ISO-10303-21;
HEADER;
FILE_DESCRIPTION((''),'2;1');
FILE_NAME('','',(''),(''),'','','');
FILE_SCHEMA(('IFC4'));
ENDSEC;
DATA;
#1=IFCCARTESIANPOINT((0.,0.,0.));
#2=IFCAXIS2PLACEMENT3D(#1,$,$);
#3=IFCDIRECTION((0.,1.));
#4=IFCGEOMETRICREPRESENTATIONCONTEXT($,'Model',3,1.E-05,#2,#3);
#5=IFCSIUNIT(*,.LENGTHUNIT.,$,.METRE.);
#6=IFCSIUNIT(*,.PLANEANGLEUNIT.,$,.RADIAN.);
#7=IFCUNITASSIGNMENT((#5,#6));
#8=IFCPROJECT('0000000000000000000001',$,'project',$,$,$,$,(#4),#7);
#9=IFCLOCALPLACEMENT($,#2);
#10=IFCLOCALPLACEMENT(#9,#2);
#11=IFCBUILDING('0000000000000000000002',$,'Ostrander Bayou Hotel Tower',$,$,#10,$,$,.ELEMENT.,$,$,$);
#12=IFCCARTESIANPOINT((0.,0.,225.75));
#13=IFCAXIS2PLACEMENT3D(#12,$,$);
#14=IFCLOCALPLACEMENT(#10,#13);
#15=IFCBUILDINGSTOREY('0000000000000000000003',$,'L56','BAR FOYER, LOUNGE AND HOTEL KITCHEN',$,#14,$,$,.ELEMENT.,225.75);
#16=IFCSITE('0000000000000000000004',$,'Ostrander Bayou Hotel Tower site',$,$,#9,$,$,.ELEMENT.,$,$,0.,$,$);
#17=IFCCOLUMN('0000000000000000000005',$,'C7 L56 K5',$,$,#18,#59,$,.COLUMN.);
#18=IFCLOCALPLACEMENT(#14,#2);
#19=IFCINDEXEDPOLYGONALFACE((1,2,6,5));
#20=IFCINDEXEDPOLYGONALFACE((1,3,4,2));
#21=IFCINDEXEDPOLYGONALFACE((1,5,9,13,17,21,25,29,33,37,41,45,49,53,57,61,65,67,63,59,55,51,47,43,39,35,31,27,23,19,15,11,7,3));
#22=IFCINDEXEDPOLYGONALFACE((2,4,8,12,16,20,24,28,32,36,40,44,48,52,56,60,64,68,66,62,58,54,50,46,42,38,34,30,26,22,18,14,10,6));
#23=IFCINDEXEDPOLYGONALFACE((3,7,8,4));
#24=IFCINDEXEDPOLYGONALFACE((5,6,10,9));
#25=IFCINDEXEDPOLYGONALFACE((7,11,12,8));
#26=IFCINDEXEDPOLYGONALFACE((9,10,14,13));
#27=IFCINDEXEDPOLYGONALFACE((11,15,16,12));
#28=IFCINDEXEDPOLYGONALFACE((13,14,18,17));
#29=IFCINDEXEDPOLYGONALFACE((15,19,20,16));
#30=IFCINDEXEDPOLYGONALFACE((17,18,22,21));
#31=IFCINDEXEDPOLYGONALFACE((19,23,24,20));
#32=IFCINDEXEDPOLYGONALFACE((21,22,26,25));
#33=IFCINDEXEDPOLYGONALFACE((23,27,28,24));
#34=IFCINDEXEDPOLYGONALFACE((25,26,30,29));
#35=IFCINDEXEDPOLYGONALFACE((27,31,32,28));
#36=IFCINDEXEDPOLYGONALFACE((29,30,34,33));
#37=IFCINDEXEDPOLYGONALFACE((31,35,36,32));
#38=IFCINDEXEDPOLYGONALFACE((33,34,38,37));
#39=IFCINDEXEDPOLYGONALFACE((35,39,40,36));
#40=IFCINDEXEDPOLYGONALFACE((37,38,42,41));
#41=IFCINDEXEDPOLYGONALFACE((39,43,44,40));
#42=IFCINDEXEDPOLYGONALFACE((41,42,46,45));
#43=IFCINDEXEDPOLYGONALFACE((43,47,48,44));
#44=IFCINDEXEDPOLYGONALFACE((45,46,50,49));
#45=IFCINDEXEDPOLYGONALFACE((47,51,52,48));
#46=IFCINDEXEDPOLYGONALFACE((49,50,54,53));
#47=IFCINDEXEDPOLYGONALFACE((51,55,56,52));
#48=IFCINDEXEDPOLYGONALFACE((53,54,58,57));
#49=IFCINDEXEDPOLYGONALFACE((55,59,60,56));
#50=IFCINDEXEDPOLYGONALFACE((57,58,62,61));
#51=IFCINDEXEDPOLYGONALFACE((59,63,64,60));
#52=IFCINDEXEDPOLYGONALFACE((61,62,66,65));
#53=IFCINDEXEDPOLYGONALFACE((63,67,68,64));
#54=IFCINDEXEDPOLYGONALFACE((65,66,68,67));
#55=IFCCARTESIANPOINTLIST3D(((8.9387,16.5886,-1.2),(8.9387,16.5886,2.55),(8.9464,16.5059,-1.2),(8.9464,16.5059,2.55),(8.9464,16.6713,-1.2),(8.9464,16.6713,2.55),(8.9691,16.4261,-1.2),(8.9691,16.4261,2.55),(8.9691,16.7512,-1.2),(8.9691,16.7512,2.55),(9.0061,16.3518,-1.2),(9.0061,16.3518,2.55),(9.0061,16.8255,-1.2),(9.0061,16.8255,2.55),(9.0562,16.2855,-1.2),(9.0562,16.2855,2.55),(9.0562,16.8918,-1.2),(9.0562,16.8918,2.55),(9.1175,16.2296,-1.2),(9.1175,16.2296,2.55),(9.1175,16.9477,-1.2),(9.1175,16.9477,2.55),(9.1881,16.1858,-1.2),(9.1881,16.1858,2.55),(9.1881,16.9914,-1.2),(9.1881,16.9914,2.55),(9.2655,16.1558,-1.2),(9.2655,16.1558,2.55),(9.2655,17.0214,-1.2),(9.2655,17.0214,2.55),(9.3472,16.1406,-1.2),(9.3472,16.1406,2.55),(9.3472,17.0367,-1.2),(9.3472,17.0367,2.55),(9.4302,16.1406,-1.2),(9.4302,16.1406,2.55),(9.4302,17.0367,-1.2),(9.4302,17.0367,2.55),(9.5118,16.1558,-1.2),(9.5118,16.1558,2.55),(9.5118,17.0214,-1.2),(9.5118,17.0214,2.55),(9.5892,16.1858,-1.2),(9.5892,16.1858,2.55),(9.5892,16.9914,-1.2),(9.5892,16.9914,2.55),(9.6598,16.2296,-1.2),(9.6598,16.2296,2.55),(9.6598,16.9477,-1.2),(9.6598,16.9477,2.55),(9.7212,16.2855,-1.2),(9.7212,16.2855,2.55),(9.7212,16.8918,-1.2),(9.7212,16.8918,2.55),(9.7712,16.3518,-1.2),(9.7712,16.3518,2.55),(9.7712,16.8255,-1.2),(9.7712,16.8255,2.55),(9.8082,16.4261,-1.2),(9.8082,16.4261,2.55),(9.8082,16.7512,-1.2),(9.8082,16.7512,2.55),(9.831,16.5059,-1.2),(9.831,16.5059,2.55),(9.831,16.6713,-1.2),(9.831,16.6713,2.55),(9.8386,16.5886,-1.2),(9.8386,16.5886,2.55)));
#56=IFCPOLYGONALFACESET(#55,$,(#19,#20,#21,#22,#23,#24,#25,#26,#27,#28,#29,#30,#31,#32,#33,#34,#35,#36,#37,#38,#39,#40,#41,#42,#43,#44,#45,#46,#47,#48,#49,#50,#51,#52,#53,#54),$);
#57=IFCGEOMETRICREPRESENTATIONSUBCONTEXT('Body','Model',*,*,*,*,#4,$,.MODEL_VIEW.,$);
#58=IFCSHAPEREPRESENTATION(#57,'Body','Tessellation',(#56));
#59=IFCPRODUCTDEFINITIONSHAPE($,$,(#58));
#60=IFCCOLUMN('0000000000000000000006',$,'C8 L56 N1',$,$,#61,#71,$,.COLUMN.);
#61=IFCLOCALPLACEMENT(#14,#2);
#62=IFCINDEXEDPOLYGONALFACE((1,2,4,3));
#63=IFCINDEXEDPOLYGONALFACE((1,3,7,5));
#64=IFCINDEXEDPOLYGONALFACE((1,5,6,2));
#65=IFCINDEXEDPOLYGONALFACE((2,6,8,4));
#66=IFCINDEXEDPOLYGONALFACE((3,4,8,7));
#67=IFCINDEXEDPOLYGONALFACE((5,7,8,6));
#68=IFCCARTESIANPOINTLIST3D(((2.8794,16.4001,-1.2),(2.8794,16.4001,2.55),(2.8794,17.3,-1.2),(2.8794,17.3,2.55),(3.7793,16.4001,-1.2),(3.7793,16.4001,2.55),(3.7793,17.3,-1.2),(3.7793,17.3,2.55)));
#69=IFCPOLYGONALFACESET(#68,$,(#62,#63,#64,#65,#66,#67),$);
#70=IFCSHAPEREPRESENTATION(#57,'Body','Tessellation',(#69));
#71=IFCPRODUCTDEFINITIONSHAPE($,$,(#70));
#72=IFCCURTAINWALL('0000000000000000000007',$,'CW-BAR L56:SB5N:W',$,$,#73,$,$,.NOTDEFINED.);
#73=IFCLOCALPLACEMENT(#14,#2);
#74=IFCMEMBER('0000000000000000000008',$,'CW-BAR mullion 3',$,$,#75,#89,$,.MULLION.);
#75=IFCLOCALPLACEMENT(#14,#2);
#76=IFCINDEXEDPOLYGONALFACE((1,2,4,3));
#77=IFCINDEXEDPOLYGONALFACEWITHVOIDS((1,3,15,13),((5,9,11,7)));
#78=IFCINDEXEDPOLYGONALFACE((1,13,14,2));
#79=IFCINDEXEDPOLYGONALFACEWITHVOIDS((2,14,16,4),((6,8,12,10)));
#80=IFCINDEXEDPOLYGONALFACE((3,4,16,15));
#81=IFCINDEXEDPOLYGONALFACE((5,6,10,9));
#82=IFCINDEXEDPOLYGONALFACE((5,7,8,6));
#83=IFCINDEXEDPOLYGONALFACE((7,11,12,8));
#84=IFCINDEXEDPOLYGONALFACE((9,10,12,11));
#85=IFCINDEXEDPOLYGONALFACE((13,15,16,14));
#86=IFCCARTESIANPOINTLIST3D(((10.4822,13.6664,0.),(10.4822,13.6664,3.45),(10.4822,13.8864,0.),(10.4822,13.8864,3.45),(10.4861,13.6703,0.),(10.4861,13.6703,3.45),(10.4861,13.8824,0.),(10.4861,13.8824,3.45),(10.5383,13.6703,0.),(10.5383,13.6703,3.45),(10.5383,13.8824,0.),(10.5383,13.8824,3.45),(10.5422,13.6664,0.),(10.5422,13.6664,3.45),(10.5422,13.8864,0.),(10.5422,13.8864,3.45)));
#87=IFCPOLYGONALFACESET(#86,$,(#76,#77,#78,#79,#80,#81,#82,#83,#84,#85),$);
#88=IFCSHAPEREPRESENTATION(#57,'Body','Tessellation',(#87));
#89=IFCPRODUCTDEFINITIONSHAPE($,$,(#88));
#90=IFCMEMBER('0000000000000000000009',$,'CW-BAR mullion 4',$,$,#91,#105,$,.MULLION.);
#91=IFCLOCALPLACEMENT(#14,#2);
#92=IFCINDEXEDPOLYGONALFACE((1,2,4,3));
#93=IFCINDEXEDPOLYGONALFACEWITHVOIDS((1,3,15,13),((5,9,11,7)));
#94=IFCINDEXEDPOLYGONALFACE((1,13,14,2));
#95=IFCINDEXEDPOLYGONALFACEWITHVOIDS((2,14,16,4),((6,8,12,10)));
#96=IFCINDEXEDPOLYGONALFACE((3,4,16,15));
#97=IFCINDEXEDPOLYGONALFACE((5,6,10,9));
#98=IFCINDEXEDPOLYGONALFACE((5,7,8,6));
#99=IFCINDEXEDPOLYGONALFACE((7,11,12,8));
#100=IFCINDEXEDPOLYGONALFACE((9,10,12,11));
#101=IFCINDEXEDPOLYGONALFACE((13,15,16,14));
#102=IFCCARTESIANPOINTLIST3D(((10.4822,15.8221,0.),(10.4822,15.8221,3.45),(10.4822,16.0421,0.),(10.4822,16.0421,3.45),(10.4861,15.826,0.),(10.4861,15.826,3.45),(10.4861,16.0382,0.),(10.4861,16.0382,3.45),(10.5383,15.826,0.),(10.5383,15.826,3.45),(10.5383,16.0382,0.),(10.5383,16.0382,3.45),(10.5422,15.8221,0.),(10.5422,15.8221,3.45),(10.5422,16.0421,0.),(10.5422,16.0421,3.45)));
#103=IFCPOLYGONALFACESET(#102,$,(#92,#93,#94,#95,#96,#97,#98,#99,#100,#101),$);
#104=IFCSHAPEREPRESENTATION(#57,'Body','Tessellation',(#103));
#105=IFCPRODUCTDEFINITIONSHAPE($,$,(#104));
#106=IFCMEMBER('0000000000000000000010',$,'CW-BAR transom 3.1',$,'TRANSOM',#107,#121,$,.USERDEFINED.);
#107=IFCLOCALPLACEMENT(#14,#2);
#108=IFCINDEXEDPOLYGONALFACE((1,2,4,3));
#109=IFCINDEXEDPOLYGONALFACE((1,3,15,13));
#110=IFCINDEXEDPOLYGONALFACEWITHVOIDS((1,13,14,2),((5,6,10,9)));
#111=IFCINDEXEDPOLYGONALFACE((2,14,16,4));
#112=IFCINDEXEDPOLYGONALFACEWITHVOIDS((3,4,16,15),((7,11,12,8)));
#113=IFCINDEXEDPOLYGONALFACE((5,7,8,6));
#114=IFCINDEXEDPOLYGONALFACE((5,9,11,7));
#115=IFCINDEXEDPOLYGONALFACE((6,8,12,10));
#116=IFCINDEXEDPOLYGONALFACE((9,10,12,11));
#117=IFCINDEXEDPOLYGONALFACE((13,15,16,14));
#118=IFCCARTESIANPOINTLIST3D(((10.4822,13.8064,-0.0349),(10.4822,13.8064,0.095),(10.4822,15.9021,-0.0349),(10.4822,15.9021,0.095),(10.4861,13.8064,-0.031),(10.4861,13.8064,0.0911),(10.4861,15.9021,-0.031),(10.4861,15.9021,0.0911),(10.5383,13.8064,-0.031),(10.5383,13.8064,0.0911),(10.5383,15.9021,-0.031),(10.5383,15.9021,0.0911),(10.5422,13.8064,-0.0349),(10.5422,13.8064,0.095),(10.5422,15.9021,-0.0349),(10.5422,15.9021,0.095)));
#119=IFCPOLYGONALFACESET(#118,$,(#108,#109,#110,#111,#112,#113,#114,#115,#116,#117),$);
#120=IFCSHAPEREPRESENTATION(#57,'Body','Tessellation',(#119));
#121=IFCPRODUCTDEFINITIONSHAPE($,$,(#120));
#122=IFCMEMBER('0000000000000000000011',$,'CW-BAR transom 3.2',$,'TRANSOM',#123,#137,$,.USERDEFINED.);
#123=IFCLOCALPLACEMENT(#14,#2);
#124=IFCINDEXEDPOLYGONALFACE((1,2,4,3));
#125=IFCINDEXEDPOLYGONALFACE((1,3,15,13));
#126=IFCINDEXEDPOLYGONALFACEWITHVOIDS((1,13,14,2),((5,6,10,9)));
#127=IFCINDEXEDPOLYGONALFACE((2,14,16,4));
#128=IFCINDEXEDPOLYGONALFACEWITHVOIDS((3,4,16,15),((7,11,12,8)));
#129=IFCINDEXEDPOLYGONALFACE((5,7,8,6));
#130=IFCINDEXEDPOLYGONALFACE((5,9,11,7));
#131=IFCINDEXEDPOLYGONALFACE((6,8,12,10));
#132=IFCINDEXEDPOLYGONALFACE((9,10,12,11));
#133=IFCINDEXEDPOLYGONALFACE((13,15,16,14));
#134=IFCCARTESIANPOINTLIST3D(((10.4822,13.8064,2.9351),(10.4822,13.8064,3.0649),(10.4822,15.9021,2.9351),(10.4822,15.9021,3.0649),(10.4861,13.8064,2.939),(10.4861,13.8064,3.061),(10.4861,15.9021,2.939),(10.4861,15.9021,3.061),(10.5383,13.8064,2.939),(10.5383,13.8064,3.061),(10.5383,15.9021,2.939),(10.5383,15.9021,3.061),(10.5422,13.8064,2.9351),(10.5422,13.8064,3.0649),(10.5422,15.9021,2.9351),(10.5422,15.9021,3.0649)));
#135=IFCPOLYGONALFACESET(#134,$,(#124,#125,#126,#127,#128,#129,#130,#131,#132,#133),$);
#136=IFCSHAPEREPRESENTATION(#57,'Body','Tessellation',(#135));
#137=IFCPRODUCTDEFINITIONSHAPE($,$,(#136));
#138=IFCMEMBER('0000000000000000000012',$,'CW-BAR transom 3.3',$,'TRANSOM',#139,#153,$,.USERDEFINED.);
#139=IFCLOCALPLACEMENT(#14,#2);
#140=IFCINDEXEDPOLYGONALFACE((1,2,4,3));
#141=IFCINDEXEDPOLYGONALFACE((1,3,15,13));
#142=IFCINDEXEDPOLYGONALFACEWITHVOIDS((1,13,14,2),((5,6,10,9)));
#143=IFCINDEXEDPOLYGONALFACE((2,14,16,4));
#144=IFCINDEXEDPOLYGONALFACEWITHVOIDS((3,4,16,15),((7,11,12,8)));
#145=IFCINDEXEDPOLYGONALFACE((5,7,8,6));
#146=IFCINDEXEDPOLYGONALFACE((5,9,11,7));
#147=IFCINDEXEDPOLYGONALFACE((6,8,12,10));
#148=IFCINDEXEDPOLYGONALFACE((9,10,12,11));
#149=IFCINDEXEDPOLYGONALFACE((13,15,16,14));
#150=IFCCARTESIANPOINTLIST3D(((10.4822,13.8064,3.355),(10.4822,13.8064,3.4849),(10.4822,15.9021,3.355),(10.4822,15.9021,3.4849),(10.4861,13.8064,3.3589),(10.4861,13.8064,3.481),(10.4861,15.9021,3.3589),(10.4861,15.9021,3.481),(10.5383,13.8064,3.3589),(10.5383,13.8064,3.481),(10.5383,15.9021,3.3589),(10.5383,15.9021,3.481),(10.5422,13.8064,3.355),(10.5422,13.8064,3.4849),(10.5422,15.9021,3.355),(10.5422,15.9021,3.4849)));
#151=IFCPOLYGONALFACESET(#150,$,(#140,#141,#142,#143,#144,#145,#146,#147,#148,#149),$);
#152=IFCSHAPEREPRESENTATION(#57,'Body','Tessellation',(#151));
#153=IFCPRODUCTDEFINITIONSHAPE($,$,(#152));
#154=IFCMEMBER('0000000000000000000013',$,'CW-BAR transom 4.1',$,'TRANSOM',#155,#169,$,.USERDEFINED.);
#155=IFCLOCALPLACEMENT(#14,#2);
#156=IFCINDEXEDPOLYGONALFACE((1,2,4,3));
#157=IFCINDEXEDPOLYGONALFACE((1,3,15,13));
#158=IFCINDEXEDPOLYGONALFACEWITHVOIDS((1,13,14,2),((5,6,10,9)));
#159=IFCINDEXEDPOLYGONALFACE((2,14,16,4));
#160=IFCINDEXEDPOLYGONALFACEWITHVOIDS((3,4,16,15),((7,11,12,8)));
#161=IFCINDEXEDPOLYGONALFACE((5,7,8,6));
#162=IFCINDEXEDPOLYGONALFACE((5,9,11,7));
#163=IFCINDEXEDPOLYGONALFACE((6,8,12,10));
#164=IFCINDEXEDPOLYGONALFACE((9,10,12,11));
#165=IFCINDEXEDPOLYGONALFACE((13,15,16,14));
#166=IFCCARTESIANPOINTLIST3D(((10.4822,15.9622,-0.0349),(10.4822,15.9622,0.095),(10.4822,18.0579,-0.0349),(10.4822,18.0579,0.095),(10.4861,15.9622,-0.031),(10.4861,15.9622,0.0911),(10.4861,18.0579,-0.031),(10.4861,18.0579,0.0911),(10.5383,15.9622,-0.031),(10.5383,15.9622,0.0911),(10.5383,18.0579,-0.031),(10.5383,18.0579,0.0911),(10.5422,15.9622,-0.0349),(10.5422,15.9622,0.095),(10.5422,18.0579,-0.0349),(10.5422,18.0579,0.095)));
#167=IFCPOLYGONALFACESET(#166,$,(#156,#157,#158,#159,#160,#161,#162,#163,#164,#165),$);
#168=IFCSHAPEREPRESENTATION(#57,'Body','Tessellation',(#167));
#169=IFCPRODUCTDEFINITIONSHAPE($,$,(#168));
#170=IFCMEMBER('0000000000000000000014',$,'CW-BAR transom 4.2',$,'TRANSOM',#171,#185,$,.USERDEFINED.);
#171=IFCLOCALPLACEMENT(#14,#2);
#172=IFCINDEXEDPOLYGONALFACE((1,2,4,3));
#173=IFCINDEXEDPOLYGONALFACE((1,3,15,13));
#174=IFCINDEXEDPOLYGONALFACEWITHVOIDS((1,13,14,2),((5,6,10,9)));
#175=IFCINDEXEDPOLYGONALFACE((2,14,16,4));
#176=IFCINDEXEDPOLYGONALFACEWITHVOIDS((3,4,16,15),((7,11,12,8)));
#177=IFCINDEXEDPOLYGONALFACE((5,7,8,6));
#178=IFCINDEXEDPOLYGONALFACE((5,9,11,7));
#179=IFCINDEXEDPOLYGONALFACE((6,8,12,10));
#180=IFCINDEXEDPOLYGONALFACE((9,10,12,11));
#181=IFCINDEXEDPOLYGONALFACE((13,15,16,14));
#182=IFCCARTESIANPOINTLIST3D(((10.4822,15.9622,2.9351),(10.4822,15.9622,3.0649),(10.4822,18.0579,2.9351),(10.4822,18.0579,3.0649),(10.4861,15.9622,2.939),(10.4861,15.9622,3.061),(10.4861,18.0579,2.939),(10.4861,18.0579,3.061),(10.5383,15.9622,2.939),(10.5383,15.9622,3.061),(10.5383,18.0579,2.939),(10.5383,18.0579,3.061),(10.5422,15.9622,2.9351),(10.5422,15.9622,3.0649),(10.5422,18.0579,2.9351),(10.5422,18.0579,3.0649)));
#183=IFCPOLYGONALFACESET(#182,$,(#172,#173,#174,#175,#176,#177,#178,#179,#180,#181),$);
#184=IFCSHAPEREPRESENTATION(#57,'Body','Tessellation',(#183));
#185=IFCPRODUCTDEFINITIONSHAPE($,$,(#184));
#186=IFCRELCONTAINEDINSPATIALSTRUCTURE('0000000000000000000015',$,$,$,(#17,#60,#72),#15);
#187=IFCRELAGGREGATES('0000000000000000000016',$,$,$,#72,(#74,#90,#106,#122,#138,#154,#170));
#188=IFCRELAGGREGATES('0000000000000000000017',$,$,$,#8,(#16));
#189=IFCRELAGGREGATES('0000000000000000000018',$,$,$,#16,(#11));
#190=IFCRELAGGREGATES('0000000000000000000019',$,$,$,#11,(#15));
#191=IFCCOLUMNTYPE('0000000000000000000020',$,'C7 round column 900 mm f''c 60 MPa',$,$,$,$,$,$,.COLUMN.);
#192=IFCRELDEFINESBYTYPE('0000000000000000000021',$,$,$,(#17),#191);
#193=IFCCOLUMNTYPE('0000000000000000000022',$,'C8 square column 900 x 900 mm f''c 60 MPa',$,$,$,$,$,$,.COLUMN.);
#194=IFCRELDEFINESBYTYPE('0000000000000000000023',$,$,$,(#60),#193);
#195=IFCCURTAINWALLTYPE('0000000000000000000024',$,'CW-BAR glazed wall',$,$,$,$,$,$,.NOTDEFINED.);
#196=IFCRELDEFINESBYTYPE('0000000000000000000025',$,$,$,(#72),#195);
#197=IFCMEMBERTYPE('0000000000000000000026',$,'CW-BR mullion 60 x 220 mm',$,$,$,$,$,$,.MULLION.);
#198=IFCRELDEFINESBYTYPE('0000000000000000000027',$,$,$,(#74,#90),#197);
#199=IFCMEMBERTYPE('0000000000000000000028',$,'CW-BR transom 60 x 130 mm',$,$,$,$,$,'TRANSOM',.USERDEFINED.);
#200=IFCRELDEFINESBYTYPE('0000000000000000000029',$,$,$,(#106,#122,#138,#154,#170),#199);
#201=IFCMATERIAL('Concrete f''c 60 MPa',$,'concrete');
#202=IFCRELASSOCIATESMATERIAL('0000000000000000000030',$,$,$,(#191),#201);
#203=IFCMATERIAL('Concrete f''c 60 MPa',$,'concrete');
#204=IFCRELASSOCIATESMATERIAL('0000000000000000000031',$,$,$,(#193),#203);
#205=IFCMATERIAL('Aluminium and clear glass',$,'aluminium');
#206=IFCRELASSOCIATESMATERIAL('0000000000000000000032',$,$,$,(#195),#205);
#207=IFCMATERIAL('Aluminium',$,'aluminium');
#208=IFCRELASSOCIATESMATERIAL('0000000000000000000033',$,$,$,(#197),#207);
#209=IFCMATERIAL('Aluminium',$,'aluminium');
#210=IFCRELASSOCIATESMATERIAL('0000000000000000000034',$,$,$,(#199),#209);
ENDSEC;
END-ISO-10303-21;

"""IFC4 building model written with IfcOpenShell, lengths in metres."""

from ifc_helpers import new_model, si_unit, direction, frame, origin, origin_2d, place, context, subcontext, project, spatial, rectangle, hollow_rectangle, circle, extrude, material, material_profile, profile_set, type_object, element, aggregate, save


model = new_model("IFC4")

# Units and contexts
model_context = context("Model", 3, precision=1e-05, world=origin(), true_north=direction((0.0, 1.0)))
body_context = subcontext(model_context, "Body", "Model", "MODEL_VIEW")
ifc_project = project(units=[si_unit("LENGTHUNIT", "METRE"), si_unit("PLANEANGLEUNIT", "RADIAN")], contexts=[model_context])

# Site, building, storey
site_placement = place(None, origin())
site = spatial("IfcSite", under=ifc_project, at=site_placement, Name="Ostrander Bayou Hotel Tower site", CompositionType="ELEMENT", RefElevation=0.0)
building_placement = place(site_placement, origin())
building = spatial("IfcBuilding", under=site, at=building_placement, Name="Ostrander Bayou Hotel Tower", CompositionType="ELEMENT")
storey_placement = place(building_placement, frame((0.0, 0.0, 225.75)))
storey = spatial("IfcBuildingStorey", under=building, at=storey_placement, Name="L56", Description="BAR FOYER, LOUNGE AND HOTEL KITCHEN", CompositionType="ELEMENT", Elevation=225.75)

# Columns
ifc_material_1 = material(Name="Concrete f'c 60 MPa", Category="concrete")
ifc_material_profile_1 = material_profile(ifc_material_1, circle(Radius=0.45, at=origin_2d()))
ifc_profile_set_1 = profile_set([ifc_material_profile_1], Name="Concrete f'c 60 MPa")
column_type_1 = type_object("IfcColumnType", Name="C7 round column 900 mm f'c 60 MPa", PredefinedType="COLUMN", material=ifc_profile_set_1)
column_1_placement = place(storey_placement, frame((9.3887, 16.5886, -1.2), z_axis=(0.0, 0.0, 1.0), x_axis=(1.0, 0.0, 0.0)))
element("IfcColumn", 1, at=column_1_placement, inside=storey, type_object=column_type_1, Name="C7 L56 K5", PredefinedType="COLUMN", context=body_context, shape_type="SweptSolid", body=[
    extrude(circle(Radius=0.45, at=origin_2d()), origin(), (0.0, 0.0, 1.0), 3.75),
])
ifc_material_2 = material(Name="Concrete f'c 60 MPa", Category="concrete")
ifc_material_profile_2 = material_profile(ifc_material_2, rectangle(XDim=0.8999, YDim=0.8999, at=origin_2d()))
ifc_profile_set_2 = profile_set([ifc_material_profile_2], Name="Concrete f'c 60 MPa")
column_type_2 = type_object("IfcColumnType", Name="C8 square column 900 x 900 mm f'c 60 MPa", PredefinedType="COLUMN", material=ifc_profile_set_2)
column_2_placement = place(storey_placement, frame((3.3293, 16.8501, -1.2), z_axis=(0.0, 0.0, 1.0), x_axis=(1.0, 0.0, 0.0)))
element("IfcColumn", 2, at=column_2_placement, inside=storey, type_object=column_type_2, Name="C8 L56 N1", PredefinedType="COLUMN", context=body_context, shape_type="SweptSolid", body=[
    extrude(rectangle(XDim=0.8999, YDim=0.8999, at=origin_2d()), origin(), (0.0, 0.0, 1.0), 3.75),
])

# Curtain wall, members
ifc_material_3 = material(Name="Aluminium and clear glass", Category="aluminium")
curtain_wall_type_1 = type_object("IfcCurtainWallType", Name="CW-BAR glazed wall", PredefinedType="NOTDEFINED", material=ifc_material_3)
curtain_wall_1_placement = place(storey_placement, origin())
curtain_wall_1 = element("IfcCurtainWall", 3, at=curtain_wall_1_placement, inside=storey, type_object=curtain_wall_type_1, Name="CW-BAR L56:SB5N:W", PredefinedType="NOTDEFINED")
ifc_material_4 = material(Name="Aluminium", Category="aluminium")
ifc_material_profile_3 = material_profile(ifc_material_4, hollow_rectangle(XDim=0.0601, YDim=0.22, WallThickness=0.0039, at=origin_2d()))
ifc_profile_set_3 = profile_set([ifc_material_profile_3], Name="Aluminium")
member_type_1 = type_object("IfcMemberType", Name="CW-BR mullion 60 x 220 mm", PredefinedType="MULLION", material=ifc_profile_set_3)
member_1_placement = place(storey_placement, frame((10.5122, 13.7764, 0.0), z_axis=(0.0, 0.0, 1.0), x_axis=(-1.0, 0.0, 0.0)))
member_1 = element("IfcMember", 4, at=member_1_placement, type_object=member_type_1, Name="CW-BAR mullion 3", PredefinedType="MULLION", context=body_context, shape_type="SweptSolid", body=[
    extrude(hollow_rectangle(XDim=0.0601, YDim=0.22, WallThickness=0.0039, at=origin_2d()), origin(), (0.0, 0.0, 1.0), 3.45),
])
member_2_placement = place(storey_placement, frame((10.5122, 15.9321, 0.0), z_axis=(0.0, 0.0, 1.0), x_axis=(-1.0, 0.0, 0.0)))
member_2 = element("IfcMember", 5, at=member_2_placement, type_object=member_type_1, Name="CW-BAR mullion 4", PredefinedType="MULLION", context=body_context, shape_type="SweptSolid", body=[
    extrude(hollow_rectangle(XDim=0.0601, YDim=0.22, WallThickness=0.0039, at=origin_2d()), origin(), (0.0, 0.0, 1.0), 3.45),
])
ifc_material_5 = material(Name="Aluminium", Category="aluminium")
ifc_material_profile_4 = material_profile(ifc_material_5, hollow_rectangle(XDim=0.0601, YDim=0.1299, WallThickness=0.0039, at=origin_2d()))
ifc_profile_set_4 = profile_set([ifc_material_profile_4], Name="Aluminium")
member_type_2 = type_object("IfcMemberType", Name="CW-BR transom 60 x 130 mm", ElementType="TRANSOM", PredefinedType="USERDEFINED", material=ifc_profile_set_4)
member_3_placement = place(storey_placement, frame((10.5122, 13.8064, 0.03), z_axis=(0.0, 1.0, 0.0), x_axis=(-1.0, 0.0, 0.0)))
member_3 = element("IfcMember", 6, at=member_3_placement, type_object=member_type_2, Name="CW-BAR transom 3.1", ObjectType="TRANSOM", PredefinedType="USERDEFINED", context=body_context, shape_type="SweptSolid", body=[
    extrude(hollow_rectangle(XDim=0.0601, YDim=0.1299, WallThickness=0.0039, at=origin_2d()), origin(), (0.0, 0.0, 1.0), 2.0957),
])
member_4_placement = place(storey_placement, frame((10.5122, 13.8064, 3.0), z_axis=(0.0, 1.0, 0.0), x_axis=(-1.0, 0.0, 0.0)))
member_4 = element("IfcMember", 7, at=member_4_placement, type_object=member_type_2, Name="CW-BAR transom 3.2", ObjectType="TRANSOM", PredefinedType="USERDEFINED", context=body_context, shape_type="SweptSolid", body=[
    extrude(hollow_rectangle(XDim=0.0601, YDim=0.1299, WallThickness=0.0039, at=origin_2d()), origin(), (0.0, 0.0, 1.0), 2.0957),
])
member_5_placement = place(storey_placement, frame((10.5122, 13.8064, 3.4199), z_axis=(0.0, 1.0, 0.0), x_axis=(-1.0, 0.0, 0.0)))
member_5 = element("IfcMember", 8, at=member_5_placement, type_object=member_type_2, Name="CW-BAR transom 3.3", ObjectType="TRANSOM", PredefinedType="USERDEFINED", context=body_context, shape_type="SweptSolid", body=[
    extrude(hollow_rectangle(XDim=0.0601, YDim=0.1299, WallThickness=0.0039, at=origin_2d()), origin(), (0.0, 0.0, 1.0), 2.0957),
])
member_6_placement = place(storey_placement, frame((10.5122, 15.9622, 0.03), z_axis=(0.0, 1.0, 0.0), x_axis=(-1.0, 0.0, 0.0)))
member_6 = element("IfcMember", 9, at=member_6_placement, type_object=member_type_2, Name="CW-BAR transom 4.1", ObjectType="TRANSOM", PredefinedType="USERDEFINED", context=body_context, shape_type="SweptSolid", body=[
    extrude(hollow_rectangle(XDim=0.0601, YDim=0.1299, WallThickness=0.0039, at=origin_2d()), origin(), (0.0, 0.0, 1.0), 2.0957),
])
member_7_placement = place(storey_placement, frame((10.5122, 15.9622, 3.0), z_axis=(0.0, 1.0, 0.0), x_axis=(-1.0, 0.0, 0.0)))
member_7 = element("IfcMember", 10, at=member_7_placement, type_object=member_type_2, Name="CW-BAR transom 4.2", ObjectType="TRANSOM", PredefinedType="USERDEFINED", context=body_context, shape_type="SweptSolid", body=[
    extrude(hollow_rectangle(XDim=0.0601, YDim=0.1299, WallThickness=0.0039, at=origin_2d()), origin(), (0.0, 0.0, 1.0), 2.0957),
])

aggregate(curtain_wall_1, [member_1, member_2, member_3, member_4, member_5, member_6, member_7])

save(model, "model.ifc")
